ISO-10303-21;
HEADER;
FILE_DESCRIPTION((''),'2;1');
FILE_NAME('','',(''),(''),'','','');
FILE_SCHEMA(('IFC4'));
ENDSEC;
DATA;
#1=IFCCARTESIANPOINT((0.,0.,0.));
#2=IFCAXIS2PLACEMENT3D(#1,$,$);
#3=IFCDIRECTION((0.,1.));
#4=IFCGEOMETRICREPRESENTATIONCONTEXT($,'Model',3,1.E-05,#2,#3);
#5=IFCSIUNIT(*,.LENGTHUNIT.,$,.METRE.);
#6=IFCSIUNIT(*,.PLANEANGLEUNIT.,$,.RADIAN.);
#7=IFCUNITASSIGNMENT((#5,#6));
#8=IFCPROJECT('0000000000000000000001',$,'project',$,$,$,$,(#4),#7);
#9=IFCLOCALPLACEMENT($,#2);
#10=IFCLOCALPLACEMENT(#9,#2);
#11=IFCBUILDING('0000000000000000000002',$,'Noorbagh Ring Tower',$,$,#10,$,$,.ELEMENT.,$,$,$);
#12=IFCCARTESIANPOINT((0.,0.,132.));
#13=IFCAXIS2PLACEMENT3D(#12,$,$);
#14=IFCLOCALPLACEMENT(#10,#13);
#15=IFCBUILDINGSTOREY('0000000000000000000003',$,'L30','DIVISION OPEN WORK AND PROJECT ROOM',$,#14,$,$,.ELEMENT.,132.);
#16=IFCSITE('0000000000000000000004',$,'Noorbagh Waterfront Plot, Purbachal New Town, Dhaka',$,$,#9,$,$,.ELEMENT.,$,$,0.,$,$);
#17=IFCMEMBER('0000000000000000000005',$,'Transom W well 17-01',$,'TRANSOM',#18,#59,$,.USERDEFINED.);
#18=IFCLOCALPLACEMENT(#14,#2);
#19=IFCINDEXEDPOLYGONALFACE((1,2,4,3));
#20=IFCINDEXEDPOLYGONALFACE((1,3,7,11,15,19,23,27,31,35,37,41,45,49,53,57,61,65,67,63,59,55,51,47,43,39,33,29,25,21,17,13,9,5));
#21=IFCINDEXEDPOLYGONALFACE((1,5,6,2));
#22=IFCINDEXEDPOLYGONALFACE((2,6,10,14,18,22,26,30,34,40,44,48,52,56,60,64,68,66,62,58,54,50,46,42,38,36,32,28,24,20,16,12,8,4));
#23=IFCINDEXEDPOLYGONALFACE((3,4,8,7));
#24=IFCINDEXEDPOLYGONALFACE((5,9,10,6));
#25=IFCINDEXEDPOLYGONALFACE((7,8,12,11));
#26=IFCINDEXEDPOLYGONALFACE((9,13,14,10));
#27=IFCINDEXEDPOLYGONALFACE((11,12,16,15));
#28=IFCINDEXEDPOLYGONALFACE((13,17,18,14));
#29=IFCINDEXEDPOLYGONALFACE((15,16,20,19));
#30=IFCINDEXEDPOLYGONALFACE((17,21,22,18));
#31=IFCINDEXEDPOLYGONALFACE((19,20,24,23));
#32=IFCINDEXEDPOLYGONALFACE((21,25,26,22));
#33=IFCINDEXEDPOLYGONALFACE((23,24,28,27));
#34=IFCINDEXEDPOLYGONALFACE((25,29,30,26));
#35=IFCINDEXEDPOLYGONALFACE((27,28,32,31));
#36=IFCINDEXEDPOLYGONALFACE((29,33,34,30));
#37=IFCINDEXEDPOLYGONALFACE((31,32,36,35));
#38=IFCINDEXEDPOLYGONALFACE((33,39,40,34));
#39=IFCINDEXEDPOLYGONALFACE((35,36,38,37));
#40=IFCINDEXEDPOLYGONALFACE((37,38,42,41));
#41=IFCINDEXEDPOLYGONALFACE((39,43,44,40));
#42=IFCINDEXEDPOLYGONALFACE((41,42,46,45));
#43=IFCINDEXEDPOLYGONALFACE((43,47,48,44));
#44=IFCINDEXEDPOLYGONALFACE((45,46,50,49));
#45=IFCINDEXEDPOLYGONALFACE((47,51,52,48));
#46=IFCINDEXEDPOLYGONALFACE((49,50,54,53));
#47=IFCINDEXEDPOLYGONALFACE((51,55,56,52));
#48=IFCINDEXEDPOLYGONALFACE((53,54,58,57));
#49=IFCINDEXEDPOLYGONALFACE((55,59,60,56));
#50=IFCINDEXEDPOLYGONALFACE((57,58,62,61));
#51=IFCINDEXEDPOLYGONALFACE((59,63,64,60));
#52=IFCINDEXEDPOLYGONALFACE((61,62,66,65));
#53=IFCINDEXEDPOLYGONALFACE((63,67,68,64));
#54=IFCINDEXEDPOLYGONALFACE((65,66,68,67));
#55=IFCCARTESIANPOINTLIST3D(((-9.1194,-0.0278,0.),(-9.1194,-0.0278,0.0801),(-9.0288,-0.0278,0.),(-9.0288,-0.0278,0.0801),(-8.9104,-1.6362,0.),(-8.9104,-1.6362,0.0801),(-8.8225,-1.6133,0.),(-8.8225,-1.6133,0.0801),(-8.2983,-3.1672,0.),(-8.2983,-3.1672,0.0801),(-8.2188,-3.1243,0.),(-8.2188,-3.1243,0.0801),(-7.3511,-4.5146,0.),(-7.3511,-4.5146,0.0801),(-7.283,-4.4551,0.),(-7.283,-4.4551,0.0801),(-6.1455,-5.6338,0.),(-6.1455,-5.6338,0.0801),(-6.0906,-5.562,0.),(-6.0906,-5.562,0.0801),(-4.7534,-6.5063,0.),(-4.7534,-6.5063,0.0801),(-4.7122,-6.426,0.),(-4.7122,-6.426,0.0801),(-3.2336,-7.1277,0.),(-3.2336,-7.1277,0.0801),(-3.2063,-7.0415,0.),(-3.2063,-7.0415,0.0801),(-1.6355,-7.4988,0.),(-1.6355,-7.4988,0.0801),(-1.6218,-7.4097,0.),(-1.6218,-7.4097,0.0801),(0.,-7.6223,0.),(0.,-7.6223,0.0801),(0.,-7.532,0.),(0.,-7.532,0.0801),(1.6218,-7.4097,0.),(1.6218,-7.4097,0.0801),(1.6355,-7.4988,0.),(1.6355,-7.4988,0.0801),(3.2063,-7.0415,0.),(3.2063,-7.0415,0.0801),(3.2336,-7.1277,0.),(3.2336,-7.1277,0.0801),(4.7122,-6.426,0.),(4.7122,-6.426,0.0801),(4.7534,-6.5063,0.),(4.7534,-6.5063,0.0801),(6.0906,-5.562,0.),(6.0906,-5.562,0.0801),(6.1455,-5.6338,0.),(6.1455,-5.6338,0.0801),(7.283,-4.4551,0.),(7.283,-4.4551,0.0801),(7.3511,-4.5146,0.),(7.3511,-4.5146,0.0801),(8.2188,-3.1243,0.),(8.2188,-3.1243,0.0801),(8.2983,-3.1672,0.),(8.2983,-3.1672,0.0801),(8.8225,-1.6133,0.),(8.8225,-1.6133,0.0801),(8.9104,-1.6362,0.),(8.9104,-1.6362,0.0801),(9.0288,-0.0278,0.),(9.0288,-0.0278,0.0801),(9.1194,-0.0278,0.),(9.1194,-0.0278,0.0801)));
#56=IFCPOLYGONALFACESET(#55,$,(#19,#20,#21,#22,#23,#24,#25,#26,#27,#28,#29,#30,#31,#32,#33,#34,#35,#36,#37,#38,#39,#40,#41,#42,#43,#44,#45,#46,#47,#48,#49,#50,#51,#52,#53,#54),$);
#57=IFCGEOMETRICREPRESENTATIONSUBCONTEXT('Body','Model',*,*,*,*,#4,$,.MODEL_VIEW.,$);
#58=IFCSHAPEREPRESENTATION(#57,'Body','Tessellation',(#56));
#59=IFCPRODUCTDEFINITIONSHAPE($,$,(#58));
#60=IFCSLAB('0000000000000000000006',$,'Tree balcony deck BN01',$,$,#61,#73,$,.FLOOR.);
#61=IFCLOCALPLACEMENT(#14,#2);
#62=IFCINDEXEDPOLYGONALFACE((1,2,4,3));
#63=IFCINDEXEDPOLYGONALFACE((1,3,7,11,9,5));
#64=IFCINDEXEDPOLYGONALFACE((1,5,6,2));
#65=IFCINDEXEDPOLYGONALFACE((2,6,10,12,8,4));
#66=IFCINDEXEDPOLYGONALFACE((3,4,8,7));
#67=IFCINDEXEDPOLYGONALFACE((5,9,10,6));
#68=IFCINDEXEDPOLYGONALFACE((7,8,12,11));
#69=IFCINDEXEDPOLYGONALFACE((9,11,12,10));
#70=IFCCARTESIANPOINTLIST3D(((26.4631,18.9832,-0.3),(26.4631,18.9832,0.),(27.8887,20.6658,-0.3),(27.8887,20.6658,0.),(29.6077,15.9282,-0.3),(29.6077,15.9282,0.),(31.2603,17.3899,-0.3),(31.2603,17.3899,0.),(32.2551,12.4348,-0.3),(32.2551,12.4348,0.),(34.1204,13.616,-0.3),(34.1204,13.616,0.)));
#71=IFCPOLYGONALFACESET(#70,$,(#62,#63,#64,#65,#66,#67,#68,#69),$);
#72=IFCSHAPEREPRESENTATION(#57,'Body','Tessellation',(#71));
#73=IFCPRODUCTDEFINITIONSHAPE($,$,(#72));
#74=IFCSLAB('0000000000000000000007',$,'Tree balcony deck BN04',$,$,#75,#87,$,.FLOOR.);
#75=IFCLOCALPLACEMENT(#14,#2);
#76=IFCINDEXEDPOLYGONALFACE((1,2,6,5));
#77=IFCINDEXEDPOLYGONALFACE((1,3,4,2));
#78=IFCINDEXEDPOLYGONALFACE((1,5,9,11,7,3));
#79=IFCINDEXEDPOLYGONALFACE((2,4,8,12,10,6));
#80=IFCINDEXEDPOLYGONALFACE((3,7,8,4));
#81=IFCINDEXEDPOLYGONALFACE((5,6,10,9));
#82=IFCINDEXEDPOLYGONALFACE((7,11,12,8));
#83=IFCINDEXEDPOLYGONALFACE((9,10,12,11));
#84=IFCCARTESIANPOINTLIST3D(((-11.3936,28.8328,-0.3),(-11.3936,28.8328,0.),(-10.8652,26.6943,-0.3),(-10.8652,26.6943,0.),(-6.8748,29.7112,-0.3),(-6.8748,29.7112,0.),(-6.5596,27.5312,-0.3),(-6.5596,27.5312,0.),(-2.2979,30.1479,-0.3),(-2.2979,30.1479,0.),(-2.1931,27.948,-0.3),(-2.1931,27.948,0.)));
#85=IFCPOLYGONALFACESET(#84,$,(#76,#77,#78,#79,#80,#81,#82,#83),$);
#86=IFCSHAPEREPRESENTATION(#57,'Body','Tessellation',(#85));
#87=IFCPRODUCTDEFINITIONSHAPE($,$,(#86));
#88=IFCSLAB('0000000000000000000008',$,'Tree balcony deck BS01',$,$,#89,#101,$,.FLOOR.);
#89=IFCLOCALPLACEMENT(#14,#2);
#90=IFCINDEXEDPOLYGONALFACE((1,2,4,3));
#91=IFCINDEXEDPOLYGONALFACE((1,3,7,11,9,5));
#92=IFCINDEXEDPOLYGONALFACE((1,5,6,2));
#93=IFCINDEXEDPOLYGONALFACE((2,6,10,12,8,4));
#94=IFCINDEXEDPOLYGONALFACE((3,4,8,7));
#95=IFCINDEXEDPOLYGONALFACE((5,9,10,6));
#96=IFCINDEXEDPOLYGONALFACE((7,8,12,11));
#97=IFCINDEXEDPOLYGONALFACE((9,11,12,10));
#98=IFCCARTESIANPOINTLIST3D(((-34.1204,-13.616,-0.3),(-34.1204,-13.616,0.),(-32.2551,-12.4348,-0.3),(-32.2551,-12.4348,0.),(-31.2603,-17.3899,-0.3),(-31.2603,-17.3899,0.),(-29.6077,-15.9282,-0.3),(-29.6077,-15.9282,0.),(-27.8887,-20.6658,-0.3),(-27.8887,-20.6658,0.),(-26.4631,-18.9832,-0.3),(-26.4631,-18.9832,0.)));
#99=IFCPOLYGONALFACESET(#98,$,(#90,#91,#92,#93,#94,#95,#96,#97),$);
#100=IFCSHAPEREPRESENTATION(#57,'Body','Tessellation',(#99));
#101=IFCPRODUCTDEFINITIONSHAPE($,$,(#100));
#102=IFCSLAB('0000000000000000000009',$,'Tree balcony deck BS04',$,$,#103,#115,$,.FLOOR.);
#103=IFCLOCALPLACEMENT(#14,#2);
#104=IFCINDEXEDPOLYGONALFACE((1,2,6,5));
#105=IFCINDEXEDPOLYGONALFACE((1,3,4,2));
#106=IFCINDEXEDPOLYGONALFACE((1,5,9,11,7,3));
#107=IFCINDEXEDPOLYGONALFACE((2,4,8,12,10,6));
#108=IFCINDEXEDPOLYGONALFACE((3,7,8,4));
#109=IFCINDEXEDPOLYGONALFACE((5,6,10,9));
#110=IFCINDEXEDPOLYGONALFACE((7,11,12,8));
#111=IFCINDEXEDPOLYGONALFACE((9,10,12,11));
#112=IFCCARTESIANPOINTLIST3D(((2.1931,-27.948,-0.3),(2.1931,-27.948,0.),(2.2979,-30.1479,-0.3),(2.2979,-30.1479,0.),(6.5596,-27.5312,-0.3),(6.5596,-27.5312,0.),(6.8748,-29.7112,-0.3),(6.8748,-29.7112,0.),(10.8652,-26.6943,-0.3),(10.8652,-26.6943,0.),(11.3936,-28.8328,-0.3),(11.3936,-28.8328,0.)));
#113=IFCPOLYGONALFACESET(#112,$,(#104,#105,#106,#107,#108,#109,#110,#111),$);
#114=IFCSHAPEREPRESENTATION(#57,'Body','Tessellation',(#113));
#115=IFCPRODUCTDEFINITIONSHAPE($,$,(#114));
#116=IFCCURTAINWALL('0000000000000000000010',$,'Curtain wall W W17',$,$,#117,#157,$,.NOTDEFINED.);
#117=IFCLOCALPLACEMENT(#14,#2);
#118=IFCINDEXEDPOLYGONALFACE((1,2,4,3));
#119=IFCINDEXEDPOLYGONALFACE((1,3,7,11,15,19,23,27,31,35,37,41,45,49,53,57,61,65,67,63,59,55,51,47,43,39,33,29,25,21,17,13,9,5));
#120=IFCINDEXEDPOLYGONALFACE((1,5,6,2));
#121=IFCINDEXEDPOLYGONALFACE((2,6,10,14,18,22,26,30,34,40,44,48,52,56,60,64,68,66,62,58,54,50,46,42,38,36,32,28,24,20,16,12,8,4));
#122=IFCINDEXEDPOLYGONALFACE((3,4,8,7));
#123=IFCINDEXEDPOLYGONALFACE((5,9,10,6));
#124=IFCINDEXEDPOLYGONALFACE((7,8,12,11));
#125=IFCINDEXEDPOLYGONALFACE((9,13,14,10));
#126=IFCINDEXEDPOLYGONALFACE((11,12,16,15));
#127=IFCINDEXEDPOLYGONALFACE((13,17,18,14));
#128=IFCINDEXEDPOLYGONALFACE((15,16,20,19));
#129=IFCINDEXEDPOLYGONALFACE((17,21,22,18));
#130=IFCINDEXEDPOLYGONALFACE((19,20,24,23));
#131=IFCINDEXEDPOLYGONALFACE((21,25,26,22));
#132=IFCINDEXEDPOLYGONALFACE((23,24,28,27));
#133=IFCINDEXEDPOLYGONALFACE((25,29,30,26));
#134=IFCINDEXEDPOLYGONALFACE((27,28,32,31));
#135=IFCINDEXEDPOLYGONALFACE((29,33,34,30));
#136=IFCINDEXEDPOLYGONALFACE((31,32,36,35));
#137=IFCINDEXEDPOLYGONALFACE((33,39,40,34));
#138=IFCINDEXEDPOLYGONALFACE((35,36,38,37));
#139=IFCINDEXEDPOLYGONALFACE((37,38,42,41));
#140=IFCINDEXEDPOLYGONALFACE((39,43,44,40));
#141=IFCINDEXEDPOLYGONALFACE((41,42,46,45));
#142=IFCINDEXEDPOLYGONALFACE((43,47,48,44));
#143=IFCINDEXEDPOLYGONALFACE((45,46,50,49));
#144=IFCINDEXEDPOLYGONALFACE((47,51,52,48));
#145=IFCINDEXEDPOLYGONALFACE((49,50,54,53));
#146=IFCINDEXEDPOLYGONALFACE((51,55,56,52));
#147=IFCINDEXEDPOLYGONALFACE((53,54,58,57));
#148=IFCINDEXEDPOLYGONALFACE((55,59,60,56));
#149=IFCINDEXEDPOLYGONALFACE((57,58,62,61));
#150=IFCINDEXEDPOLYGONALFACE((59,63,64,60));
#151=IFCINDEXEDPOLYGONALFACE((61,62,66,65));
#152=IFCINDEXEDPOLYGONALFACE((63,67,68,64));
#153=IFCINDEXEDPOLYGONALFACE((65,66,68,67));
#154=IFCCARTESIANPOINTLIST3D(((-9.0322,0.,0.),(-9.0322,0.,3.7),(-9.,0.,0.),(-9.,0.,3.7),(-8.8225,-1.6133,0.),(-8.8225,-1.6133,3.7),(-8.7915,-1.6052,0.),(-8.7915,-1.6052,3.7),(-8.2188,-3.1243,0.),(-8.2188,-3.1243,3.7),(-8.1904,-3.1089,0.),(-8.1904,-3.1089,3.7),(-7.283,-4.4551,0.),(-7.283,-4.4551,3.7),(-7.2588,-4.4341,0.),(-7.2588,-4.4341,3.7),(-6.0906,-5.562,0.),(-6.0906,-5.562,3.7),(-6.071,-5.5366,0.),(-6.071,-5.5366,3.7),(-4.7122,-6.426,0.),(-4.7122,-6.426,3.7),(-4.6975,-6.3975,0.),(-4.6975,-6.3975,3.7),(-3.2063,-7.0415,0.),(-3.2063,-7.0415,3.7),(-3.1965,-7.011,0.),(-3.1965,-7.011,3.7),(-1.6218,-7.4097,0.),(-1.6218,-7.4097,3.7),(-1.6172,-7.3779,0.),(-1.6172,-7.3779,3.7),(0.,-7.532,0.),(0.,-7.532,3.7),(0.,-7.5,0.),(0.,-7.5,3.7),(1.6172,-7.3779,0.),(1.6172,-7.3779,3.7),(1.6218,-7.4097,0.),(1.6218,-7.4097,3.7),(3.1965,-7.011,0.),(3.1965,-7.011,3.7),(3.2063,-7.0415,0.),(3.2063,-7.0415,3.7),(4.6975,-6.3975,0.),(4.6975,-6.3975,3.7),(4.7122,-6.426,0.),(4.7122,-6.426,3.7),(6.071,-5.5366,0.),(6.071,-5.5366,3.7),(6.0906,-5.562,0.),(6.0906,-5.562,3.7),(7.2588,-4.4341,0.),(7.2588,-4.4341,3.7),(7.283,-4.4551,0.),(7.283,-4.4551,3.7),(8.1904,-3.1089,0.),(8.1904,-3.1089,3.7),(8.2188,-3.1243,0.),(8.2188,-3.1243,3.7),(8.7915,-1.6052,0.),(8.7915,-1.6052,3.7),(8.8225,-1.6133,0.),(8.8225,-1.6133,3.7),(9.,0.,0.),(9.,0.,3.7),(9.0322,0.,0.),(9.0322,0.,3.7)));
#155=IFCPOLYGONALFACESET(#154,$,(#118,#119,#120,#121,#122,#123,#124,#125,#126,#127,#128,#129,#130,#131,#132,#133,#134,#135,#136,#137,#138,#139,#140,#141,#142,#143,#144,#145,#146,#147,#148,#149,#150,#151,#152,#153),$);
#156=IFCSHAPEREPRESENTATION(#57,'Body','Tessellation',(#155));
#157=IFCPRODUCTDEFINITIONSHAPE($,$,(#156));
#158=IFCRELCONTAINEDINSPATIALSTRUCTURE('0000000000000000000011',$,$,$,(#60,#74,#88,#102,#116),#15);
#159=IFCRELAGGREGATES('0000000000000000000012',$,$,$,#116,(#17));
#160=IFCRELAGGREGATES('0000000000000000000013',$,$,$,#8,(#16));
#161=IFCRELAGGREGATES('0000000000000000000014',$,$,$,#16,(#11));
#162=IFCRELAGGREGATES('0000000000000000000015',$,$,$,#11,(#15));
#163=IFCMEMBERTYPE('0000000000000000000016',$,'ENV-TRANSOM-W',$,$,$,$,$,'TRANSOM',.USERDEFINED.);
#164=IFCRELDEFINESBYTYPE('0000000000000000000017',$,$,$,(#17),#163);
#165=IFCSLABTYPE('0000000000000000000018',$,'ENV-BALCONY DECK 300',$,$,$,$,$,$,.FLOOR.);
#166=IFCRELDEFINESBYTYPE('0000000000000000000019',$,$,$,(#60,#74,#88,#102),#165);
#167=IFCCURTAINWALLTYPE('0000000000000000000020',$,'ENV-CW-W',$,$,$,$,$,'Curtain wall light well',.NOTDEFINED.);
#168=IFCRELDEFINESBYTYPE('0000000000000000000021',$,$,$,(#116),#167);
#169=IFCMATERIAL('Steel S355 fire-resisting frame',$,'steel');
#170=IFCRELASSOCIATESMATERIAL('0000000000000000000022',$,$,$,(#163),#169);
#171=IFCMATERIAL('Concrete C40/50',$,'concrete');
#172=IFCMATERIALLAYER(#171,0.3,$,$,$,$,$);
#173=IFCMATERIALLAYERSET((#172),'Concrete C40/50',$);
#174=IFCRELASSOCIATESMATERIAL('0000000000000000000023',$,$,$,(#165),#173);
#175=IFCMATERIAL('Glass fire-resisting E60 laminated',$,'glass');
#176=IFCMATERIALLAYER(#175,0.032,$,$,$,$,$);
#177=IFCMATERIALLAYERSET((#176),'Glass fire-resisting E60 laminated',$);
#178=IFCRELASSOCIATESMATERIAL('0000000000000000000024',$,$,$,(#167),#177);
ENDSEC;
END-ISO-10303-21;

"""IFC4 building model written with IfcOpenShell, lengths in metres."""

from ifc_helpers import new_model, si_unit, direction, frame, origin, place, context, subcontext, project, spatial, polyline, outline, extrude, material, layer, layer_set, type_object, element, aggregate, save


model = new_model("IFC4")

# Units and contexts
model_context = context("Model", 3, precision=1e-05, world=origin(), true_north=direction((0.0, 1.0)))
body_context = subcontext(model_context, "Body", "Model", "MODEL_VIEW")
ifc_project = project(units=[si_unit("LENGTHUNIT", "METRE"), si_unit("PLANEANGLEUNIT", "RADIAN")], contexts=[model_context])

# Site, building, storey
site_placement = place(None, origin())
site = spatial("IfcSite", under=ifc_project, at=site_placement, Name="Noorbagh Waterfront Plot, Purbachal New Town, Dhaka", CompositionType="ELEMENT", RefElevation=0.0)
building_placement = place(site_placement, origin())
building = spatial("IfcBuilding", under=site, at=building_placement, Name="Noorbagh Ring Tower", CompositionType="ELEMENT")
storey_placement = place(building_placement, frame((0.0, 0.0, 132.0)))
storey = spatial("IfcBuildingStorey", under=building, at=storey_placement, Name="L30", Description="DIVISION OPEN WORK AND PROJECT ROOM", CompositionType="ELEMENT", Elevation=132.0)

# Member
ifc_material_1 = material(Name="Steel S355 fire-resisting frame", Category="steel")
member_type_1 = type_object("IfcMemberType", Name="ENV-TRANSOM-W", ElementType="TRANSOM", PredefinedType="USERDEFINED", material=ifc_material_1)
member_1_placement = place(storey_placement, origin())
member_1 = element("IfcMember", 1, at=member_1_placement, type_object=member_type_1, Name="Transom W well 17-01", ObjectType="TRANSOM", PredefinedType="USERDEFINED", context=body_context, shape_type="SweptSolid", body=[
    extrude(outline(polyline([(-9.1194, -0.0278), (-8.9104, -1.6362), (-8.2983, -3.1672), (-7.3511, -4.5146), (-6.1455, -5.6338), (-4.7534, -6.5063), (-3.2336, -7.1277), (-1.6355, -7.4988), (0.0, -7.6223), (1.6355, -7.4988), (3.2336, -7.1277), (4.7534, -6.5063), (6.1455, -5.6338), (7.3511, -4.5146), (8.2983, -3.1672), (8.9104, -1.6362), (9.1194, -0.0278), (9.0288, -0.0278), (8.8225, -1.6133), (8.2188, -3.1243), (7.283, -4.4551), (6.0906, -5.562), (4.7122, -6.426), (3.2063, -7.0415), (1.6218, -7.4097), (0.0, -7.532), (-1.6218, -7.4097), (-3.2063, -7.0415), (-4.7122, -6.426), (-6.0906, -5.562), (-7.283, -4.4551), (-8.2188, -3.1243), (-8.8225, -1.6133), (-9.0288, -0.0278), (-9.1194, -0.0278)])), origin(), (0.0, 0.0, 1.0), 0.0801),
])

# Slabs
ifc_material_2 = material(Name="Concrete C40/50", Category="concrete")
ifc_layer_1 = layer(ifc_material_2, 0.3)
ifc_layer_set_1 = layer_set([ifc_layer_1], Name="Concrete C40/50")
slab_type = type_object("IfcSlabType", Name="ENV-BALCONY DECK 300", PredefinedType="FLOOR", material=ifc_layer_set_1)
slab_1_placement = place(storey_placement, frame((0.0, 0.0, -0.3)))
element("IfcSlab", 2, at=slab_1_placement, inside=storey, type_object=slab_type, Name="Tree balcony deck BN01", PredefinedType="FLOOR", context=body_context, shape_type="SweptSolid", body=[
    extrude(outline(polyline([(34.1204, 13.616), (31.2603, 17.3899), (27.8887, 20.6658), (26.4631, 18.9832), (29.6077, 15.9282), (32.2551, 12.4348), (34.1204, 13.616)])), origin(), (0.0, 0.0, 1.0), 0.3),
])
slab_2_placement = place(storey_placement, frame((0.0, 0.0, -0.3)))
element("IfcSlab", 3, at=slab_2_placement, inside=storey, type_object=slab_type, Name="Tree balcony deck BN04", PredefinedType="FLOOR", context=body_context, shape_type="SweptSolid", body=[
    extrude(outline(polyline([(-2.2979, 30.1479), (-6.8748, 29.7112), (-11.3936, 28.8328), (-10.8652, 26.6943), (-6.5596, 27.5312), (-2.1931, 27.948), (-2.2979, 30.1479)])), origin(), (0.0, 0.0, 1.0), 0.3),
])
slab_3_placement = place(storey_placement, frame((0.0, 0.0, -0.3)))
element("IfcSlab", 4, at=slab_3_placement, inside=storey, type_object=slab_type, Name="Tree balcony deck BS01", PredefinedType="FLOOR", context=body_context, shape_type="SweptSolid", body=[
    extrude(outline(polyline([(-34.1204, -13.616), (-31.2603, -17.3899), (-27.8887, -20.6658), (-26.4631, -18.9832), (-29.6077, -15.9282), (-32.2551, -12.4348), (-34.1204, -13.616)])), origin(), (0.0, 0.0, 1.0), 0.3),
])
slab_4_placement = place(storey_placement, frame((0.0, 0.0, -0.3)))
element("IfcSlab", 5, at=slab_4_placement, inside=storey, type_object=slab_type, Name="Tree balcony deck BS04", PredefinedType="FLOOR", context=body_context, shape_type="SweptSolid", body=[
    extrude(outline(polyline([(2.2979, -30.1479), (6.8748, -29.7112), (11.3936, -28.8328), (10.8652, -26.6943), (6.5596, -27.5312), (2.1931, -27.948), (2.2979, -30.1479)])), origin(), (0.0, 0.0, 1.0), 0.3),
])

# Curtain wall
ifc_material_3 = material(Name="Glass fire-resisting E60 laminated", Category="glass")
ifc_layer_2 = layer(ifc_material_3, 0.032)
ifc_layer_set_2 = layer_set([ifc_layer_2], Name="Glass fire-resisting E60 laminated")
curtain_wall_type_1 = type_object("IfcCurtainWallType", Name="ENV-CW-W", ElementType="Curtain wall light well", PredefinedType="NOTDEFINED", material=ifc_layer_set_2)
curtain_wall_1_placement = place(storey_placement, origin())
curtain_wall_1 = element("IfcCurtainWall", 6, at=curtain_wall_1_placement, inside=storey, type_object=curtain_wall_type_1, Name="Curtain wall W W17", PredefinedType="NOTDEFINED", context=body_context, shape_type="SweptSolid", body=[
    extrude(outline(polyline([(-9.0322, 0.0), (-8.8225, -1.6133), (-8.2188, -3.1243), (-7.283, -4.4551), (-6.0906, -5.562), (-4.7122, -6.426), (-3.2063, -7.0415), (-1.6218, -7.4097), (0.0, -7.532), (1.6218, -7.4097), (3.2063, -7.0415), (4.7122, -6.426), (6.0906, -5.562), (7.283, -4.4551), (8.2188, -3.1243), (8.8225, -1.6133), (9.0322, 0.0), (9.0, 0.0), (8.7915, -1.6052), (8.1904, -3.1089), (7.2588, -4.4341), (6.071, -5.5366), (4.6975, -6.3975), (3.1965, -7.011), (1.6172, -7.3779), (0.0, -7.5), (-1.6172, -7.3779), (-3.1965, -7.011), (-4.6975, -6.3975), (-6.071, -5.5366), (-7.2588, -4.4341), (-8.1904, -3.1089), (-8.7915, -1.6052), (-9.0, 0.0), (-9.0322, 0.0)])), origin(), (0.0, 0.0, 1.0), 3.7),
])
aggregate(curtain_wall_1, [member_1])

save(model, "model.ifc")
